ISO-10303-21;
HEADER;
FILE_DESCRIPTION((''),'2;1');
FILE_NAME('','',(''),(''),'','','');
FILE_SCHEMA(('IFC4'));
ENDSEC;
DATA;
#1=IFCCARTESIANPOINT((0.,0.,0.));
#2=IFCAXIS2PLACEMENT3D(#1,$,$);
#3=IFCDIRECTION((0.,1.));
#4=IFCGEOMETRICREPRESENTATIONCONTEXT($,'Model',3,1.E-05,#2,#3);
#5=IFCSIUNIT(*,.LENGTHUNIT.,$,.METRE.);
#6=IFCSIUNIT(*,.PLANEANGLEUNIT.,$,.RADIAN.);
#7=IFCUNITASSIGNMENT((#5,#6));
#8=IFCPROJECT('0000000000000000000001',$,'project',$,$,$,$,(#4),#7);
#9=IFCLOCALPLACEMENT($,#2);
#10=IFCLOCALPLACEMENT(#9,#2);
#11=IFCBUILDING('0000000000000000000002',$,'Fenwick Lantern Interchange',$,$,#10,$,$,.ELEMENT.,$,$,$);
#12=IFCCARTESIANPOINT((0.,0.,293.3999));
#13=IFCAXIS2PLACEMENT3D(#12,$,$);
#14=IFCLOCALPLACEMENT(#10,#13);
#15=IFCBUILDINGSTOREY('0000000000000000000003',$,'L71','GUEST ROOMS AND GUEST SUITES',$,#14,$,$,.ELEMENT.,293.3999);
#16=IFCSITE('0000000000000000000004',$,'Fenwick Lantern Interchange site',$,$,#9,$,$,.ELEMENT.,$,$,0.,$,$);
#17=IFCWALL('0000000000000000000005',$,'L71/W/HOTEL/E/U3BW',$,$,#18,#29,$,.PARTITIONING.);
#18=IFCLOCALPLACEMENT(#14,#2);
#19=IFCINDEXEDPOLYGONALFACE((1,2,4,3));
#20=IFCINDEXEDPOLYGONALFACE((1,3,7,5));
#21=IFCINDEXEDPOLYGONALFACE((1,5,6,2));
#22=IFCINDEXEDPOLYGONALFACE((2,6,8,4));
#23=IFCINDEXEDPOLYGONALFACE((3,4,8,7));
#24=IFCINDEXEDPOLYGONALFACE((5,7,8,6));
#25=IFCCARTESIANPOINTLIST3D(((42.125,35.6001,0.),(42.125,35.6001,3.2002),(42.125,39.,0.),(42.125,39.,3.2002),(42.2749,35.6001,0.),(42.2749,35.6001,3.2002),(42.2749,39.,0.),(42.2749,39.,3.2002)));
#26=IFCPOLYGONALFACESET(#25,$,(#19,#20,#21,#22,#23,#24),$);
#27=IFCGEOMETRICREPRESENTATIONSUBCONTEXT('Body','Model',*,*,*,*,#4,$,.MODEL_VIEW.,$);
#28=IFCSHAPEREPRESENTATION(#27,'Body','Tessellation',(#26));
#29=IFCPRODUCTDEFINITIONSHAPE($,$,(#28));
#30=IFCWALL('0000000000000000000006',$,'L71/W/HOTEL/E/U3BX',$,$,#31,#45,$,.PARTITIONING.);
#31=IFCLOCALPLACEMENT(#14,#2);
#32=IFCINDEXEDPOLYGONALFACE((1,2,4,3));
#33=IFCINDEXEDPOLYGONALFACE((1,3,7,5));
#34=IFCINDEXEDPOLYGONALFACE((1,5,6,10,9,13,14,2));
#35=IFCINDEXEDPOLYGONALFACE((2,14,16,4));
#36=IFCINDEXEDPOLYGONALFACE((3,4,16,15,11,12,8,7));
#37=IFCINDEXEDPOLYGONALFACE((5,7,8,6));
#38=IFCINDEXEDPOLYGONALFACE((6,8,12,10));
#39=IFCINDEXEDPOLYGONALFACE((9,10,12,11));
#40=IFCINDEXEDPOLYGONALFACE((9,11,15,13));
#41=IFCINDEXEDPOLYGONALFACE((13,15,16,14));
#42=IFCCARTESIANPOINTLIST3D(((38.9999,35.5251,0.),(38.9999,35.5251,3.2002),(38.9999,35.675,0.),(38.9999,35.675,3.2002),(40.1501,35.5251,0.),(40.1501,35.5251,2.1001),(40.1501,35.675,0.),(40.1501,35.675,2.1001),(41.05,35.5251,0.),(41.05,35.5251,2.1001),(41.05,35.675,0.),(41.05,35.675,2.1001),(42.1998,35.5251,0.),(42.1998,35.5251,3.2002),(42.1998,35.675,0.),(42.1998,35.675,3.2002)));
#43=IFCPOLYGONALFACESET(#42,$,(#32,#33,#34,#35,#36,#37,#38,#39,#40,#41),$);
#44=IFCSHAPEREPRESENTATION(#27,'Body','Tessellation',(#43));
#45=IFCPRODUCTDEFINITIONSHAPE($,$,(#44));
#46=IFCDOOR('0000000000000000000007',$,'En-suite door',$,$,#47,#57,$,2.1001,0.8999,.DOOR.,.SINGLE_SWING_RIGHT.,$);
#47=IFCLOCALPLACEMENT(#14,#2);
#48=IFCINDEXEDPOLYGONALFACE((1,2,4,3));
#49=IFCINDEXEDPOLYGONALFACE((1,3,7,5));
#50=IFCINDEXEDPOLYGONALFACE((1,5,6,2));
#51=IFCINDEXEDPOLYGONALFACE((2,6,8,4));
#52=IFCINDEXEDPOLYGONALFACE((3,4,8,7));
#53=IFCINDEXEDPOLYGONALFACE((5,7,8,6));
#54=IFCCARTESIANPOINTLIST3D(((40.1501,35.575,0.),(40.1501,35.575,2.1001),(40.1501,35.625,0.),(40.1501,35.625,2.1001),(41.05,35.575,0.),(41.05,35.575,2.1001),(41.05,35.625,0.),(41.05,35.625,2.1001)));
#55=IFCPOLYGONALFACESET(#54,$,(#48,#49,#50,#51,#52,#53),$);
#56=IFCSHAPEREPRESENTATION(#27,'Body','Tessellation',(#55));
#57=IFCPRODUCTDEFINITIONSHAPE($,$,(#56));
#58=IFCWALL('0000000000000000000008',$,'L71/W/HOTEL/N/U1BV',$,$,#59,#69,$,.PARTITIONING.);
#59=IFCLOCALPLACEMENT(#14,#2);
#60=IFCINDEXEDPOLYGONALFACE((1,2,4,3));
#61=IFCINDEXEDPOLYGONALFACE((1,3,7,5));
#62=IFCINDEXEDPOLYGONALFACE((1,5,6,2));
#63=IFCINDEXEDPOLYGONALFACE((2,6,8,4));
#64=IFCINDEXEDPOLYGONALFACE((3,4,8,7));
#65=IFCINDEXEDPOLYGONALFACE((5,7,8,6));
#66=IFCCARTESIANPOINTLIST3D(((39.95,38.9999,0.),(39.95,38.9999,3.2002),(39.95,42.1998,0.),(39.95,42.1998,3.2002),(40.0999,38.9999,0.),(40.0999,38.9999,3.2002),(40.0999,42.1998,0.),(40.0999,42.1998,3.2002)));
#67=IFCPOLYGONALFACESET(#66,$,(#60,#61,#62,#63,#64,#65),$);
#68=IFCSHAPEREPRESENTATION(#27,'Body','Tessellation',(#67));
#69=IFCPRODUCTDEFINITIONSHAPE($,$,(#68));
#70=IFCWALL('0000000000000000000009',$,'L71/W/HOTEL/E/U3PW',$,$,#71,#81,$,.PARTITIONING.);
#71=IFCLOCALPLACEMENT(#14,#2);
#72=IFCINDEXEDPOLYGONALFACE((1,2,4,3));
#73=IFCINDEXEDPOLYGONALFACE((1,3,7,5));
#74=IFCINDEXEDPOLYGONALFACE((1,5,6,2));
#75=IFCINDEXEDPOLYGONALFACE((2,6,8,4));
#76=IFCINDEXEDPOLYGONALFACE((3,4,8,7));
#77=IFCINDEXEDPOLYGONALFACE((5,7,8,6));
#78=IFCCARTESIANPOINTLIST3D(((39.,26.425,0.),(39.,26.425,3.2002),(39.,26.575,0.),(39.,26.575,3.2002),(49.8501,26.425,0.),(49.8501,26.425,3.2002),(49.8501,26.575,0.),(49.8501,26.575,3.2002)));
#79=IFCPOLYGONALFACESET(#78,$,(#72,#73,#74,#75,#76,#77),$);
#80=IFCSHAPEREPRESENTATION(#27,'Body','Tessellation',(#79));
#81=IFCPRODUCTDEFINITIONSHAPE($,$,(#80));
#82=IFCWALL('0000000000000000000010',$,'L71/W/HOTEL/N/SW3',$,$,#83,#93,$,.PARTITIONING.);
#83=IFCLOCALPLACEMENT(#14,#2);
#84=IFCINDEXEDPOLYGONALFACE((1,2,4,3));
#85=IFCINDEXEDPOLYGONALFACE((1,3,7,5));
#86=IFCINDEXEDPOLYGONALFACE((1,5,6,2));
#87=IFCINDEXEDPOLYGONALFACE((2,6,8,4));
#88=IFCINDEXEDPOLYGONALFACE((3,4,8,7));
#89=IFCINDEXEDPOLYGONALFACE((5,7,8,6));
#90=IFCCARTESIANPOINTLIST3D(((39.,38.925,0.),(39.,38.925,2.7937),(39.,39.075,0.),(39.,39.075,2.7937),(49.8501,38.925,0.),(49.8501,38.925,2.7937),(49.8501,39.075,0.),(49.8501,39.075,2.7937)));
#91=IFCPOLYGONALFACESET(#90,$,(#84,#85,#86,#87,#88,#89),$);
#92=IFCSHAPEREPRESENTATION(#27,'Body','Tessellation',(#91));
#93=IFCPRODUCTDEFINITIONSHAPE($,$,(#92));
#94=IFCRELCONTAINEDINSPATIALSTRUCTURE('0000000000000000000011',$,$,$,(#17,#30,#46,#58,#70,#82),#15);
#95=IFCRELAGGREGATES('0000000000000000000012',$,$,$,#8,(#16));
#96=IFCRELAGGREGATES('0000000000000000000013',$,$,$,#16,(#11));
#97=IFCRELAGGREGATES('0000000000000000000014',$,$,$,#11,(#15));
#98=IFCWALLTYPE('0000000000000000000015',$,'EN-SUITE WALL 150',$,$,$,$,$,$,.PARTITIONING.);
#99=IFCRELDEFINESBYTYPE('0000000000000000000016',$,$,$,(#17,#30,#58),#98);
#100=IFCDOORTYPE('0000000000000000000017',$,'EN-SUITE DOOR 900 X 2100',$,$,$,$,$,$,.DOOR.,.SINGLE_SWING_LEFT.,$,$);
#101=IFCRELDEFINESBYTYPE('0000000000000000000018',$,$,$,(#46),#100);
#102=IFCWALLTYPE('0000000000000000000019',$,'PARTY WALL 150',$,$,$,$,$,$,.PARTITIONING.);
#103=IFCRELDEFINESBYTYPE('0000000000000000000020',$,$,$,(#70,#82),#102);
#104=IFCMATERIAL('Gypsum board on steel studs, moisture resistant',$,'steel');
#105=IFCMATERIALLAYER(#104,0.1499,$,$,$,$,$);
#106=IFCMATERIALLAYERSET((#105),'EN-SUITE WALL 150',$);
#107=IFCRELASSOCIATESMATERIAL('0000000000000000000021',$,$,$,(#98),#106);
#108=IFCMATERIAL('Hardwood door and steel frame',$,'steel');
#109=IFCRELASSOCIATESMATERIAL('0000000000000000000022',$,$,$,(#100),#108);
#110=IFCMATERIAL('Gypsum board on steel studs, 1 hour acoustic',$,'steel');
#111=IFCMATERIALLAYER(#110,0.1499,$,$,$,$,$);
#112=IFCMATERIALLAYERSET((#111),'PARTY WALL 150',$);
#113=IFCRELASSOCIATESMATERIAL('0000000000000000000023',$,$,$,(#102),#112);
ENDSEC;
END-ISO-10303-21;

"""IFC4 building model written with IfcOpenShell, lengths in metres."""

from ifc_helpers import new_model, si_unit, direction, frame, frame_2d, origin, place, context, subcontext, project, spatial, rectangle, extrude, material, layer, layer_set, type_object, element, fill, save


model = new_model("IFC4")

# Units and contexts
model_context = context("Model", 3, precision=1e-05, world=origin(), true_north=direction((0.0, 1.0)))
body_context = subcontext(model_context, "Body", "Model", "MODEL_VIEW")
ifc_project = project(units=[si_unit("LENGTHUNIT", "METRE"), si_unit("PLANEANGLEUNIT", "RADIAN")], contexts=[model_context])

# Site, building, storey
site_placement = place(None, origin())
site = spatial("IfcSite", under=ifc_project, at=site_placement, Name="Fenwick Lantern Interchange site", CompositionType="ELEMENT", RefElevation=0.0)
building_placement = place(site_placement, origin())
building = spatial("IfcBuilding", under=site, at=building_placement, Name="Fenwick Lantern Interchange", CompositionType="ELEMENT")
storey_placement = place(building_placement, frame((0.0, 0.0, 293.3999)))
storey = spatial("IfcBuildingStorey", under=building, at=storey_placement, Name="L71", Description="GUEST ROOMS AND GUEST SUITES", CompositionType="ELEMENT", Elevation=293.3999)

# Wall
ifc_material_1 = material(Name="Gypsum board on steel studs, moisture resistant", Category="steel")
ifc_layer_1 = layer(ifc_material_1, 0.1499)
ifc_layer_set_1 = layer_set([ifc_layer_1], Name="EN-SUITE WALL 150")
wall_type_1 = type_object("IfcWallType", Name="EN-SUITE WALL 150", PredefinedType="PARTITIONING", material=ifc_layer_set_1)
wall_1_placement = place(storey_placement, frame((42.2, 35.6001, 0.0), z_axis=(0.0, 0.0, 1.0), x_axis=(0.0, 1.0, 0.0)))
element("IfcWall", 1, at=wall_1_placement, inside=storey, type_object=wall_type_1, Name="L71/W/HOTEL/E/U3BW", PredefinedType="PARTITIONING", context=body_context, shape_type="SweptSolid", body=[
    extrude(rectangle(XDim=3.3999, YDim=0.1499, at=frame_2d((1.7, 0.0))), origin(), (0.0, 0.0, 1.0), 3.2002),
])

# Wall, opening, door
wall_2_placement = place(storey_placement, frame((42.2, 35.6001, 0.0), z_axis=(0.0, 0.0, 1.0), x_axis=(-1.0, 0.0, 0.0)))
wall_2 = element("IfcWall", 2, at=wall_2_placement, inside=storey, type_object=wall_type_1, Name="L71/W/HOTEL/E/U3BX", PredefinedType="PARTITIONING", context=body_context, shape_type="SweptSolid", body=[
    extrude(rectangle(XDim=3.2, YDim=0.1499, at=frame_2d((1.6001, 0.0))), origin(), (0.0, 0.0, 1.0), 3.2002),
])
opening_placement = place(wall_2_placement, frame((1.1499, 0.0, 0.0)))
opening = element("IfcOpeningElement", 3, at=opening_placement, cuts=wall_2, PredefinedType="OPENING", context=body_context, shape_type="SweptSolid", body=[
    extrude(rectangle(XDim=0.8999, YDim=2.1001, at=frame_2d((0.45, 1.05))), frame((0.0, 0.085, 0.0), z_axis=(0.0, -1.0, 0.0), x_axis=(1.0, 0.0, 0.0)), (0.0, 0.0, 1.0), 0.1699),
])
ifc_material_2 = material(Name="Hardwood door and steel frame", Category="steel")
door_type = type_object("IfcDoorType", Name="EN-SUITE DOOR 900 X 2100", OperationType="SINGLE_SWING_LEFT", PredefinedType="DOOR", material=ifc_material_2)
door_placement = place(opening_placement, frame((0.8999, 0.0, 0.0), z_axis=(0.0, 0.0, 1.0), x_axis=(-1.0, 0.0, 0.0)))
door = element("IfcDoor", 4, at=door_placement, inside=storey, type_object=door_type, Name="En-suite door", OperationType="SINGLE_SWING_RIGHT", OverallHeight=2.1001, OverallWidth=0.8999, PredefinedType="DOOR", context=body_context, shape_type="SweptSolid", body=[
    extrude(rectangle(XDim=0.8999, YDim=2.1001, at=frame_2d((0.45, 1.05))), frame((0.0, 0.0249, 0.0), z_axis=(0.0, -1.0, 0.0), x_axis=(1.0, 0.0, 0.0)), (0.0, 0.0, 1.0), 0.05),
])
fill(opening, door)

# Walls
wall_3_placement = place(storey_placement, frame((40.0249, 42.2, 0.0), z_axis=(0.0, 0.0, 1.0), x_axis=(0.0, -1.0, 0.0)))
element("IfcWall", 5, at=wall_3_placement, inside=storey, type_object=wall_type_1, Name="L71/W/HOTEL/N/U1BV", PredefinedType="PARTITIONING", context=body_context, shape_type="SweptSolid", body=[
    extrude(rectangle(XDim=3.2, YDim=0.1499, at=frame_2d((1.6001, 0.0))), origin(), (0.0, 0.0, 1.0), 3.2002),
])
ifc_material_3 = material(Name="Gypsum board on steel studs, 1 hour acoustic", Category="steel")
ifc_layer_2 = layer(ifc_material_3, 0.1499)
ifc_layer_set_2 = layer_set([ifc_layer_2], Name="PARTY WALL 150")
wall_type_2 = type_object("IfcWallType", Name="PARTY WALL 150", PredefinedType="PARTITIONING", material=ifc_layer_set_2)
wall_4_placement = place(storey_placement, frame((49.8501, 26.5, 0.0), z_axis=(0.0, 0.0, 1.0), x_axis=(-1.0, 0.0, 0.0)))
element("IfcWall", 6, at=wall_4_placement, inside=storey, type_object=wall_type_2, Name="L71/W/HOTEL/E/U3PW", PredefinedType="PARTITIONING", context=body_context, shape_type="SweptSolid", body=[
    extrude(rectangle(XDim=10.8501, YDim=0.1499, at=frame_2d((5.425, 0.0))), origin(), (0.0, 0.0, 1.0), 3.2002),
])
wall_5_placement = place(storey_placement, frame((49.8501, 39.0, 0.0), z_axis=(0.0, 0.0, 1.0), x_axis=(-1.0, 0.0, 0.0)))
element("IfcWall", 7, at=wall_5_placement, inside=storey, type_object=wall_type_2, Name="L71/W/HOTEL/N/SW3", PredefinedType="PARTITIONING", context=body_context, shape_type="SweptSolid", body=[
    extrude(rectangle(XDim=10.8501, YDim=0.1499, at=frame_2d((5.425, 0.0))), origin(), (0.0, 0.0, 1.0), 2.7937),
])

save(model, "model.ifc")
